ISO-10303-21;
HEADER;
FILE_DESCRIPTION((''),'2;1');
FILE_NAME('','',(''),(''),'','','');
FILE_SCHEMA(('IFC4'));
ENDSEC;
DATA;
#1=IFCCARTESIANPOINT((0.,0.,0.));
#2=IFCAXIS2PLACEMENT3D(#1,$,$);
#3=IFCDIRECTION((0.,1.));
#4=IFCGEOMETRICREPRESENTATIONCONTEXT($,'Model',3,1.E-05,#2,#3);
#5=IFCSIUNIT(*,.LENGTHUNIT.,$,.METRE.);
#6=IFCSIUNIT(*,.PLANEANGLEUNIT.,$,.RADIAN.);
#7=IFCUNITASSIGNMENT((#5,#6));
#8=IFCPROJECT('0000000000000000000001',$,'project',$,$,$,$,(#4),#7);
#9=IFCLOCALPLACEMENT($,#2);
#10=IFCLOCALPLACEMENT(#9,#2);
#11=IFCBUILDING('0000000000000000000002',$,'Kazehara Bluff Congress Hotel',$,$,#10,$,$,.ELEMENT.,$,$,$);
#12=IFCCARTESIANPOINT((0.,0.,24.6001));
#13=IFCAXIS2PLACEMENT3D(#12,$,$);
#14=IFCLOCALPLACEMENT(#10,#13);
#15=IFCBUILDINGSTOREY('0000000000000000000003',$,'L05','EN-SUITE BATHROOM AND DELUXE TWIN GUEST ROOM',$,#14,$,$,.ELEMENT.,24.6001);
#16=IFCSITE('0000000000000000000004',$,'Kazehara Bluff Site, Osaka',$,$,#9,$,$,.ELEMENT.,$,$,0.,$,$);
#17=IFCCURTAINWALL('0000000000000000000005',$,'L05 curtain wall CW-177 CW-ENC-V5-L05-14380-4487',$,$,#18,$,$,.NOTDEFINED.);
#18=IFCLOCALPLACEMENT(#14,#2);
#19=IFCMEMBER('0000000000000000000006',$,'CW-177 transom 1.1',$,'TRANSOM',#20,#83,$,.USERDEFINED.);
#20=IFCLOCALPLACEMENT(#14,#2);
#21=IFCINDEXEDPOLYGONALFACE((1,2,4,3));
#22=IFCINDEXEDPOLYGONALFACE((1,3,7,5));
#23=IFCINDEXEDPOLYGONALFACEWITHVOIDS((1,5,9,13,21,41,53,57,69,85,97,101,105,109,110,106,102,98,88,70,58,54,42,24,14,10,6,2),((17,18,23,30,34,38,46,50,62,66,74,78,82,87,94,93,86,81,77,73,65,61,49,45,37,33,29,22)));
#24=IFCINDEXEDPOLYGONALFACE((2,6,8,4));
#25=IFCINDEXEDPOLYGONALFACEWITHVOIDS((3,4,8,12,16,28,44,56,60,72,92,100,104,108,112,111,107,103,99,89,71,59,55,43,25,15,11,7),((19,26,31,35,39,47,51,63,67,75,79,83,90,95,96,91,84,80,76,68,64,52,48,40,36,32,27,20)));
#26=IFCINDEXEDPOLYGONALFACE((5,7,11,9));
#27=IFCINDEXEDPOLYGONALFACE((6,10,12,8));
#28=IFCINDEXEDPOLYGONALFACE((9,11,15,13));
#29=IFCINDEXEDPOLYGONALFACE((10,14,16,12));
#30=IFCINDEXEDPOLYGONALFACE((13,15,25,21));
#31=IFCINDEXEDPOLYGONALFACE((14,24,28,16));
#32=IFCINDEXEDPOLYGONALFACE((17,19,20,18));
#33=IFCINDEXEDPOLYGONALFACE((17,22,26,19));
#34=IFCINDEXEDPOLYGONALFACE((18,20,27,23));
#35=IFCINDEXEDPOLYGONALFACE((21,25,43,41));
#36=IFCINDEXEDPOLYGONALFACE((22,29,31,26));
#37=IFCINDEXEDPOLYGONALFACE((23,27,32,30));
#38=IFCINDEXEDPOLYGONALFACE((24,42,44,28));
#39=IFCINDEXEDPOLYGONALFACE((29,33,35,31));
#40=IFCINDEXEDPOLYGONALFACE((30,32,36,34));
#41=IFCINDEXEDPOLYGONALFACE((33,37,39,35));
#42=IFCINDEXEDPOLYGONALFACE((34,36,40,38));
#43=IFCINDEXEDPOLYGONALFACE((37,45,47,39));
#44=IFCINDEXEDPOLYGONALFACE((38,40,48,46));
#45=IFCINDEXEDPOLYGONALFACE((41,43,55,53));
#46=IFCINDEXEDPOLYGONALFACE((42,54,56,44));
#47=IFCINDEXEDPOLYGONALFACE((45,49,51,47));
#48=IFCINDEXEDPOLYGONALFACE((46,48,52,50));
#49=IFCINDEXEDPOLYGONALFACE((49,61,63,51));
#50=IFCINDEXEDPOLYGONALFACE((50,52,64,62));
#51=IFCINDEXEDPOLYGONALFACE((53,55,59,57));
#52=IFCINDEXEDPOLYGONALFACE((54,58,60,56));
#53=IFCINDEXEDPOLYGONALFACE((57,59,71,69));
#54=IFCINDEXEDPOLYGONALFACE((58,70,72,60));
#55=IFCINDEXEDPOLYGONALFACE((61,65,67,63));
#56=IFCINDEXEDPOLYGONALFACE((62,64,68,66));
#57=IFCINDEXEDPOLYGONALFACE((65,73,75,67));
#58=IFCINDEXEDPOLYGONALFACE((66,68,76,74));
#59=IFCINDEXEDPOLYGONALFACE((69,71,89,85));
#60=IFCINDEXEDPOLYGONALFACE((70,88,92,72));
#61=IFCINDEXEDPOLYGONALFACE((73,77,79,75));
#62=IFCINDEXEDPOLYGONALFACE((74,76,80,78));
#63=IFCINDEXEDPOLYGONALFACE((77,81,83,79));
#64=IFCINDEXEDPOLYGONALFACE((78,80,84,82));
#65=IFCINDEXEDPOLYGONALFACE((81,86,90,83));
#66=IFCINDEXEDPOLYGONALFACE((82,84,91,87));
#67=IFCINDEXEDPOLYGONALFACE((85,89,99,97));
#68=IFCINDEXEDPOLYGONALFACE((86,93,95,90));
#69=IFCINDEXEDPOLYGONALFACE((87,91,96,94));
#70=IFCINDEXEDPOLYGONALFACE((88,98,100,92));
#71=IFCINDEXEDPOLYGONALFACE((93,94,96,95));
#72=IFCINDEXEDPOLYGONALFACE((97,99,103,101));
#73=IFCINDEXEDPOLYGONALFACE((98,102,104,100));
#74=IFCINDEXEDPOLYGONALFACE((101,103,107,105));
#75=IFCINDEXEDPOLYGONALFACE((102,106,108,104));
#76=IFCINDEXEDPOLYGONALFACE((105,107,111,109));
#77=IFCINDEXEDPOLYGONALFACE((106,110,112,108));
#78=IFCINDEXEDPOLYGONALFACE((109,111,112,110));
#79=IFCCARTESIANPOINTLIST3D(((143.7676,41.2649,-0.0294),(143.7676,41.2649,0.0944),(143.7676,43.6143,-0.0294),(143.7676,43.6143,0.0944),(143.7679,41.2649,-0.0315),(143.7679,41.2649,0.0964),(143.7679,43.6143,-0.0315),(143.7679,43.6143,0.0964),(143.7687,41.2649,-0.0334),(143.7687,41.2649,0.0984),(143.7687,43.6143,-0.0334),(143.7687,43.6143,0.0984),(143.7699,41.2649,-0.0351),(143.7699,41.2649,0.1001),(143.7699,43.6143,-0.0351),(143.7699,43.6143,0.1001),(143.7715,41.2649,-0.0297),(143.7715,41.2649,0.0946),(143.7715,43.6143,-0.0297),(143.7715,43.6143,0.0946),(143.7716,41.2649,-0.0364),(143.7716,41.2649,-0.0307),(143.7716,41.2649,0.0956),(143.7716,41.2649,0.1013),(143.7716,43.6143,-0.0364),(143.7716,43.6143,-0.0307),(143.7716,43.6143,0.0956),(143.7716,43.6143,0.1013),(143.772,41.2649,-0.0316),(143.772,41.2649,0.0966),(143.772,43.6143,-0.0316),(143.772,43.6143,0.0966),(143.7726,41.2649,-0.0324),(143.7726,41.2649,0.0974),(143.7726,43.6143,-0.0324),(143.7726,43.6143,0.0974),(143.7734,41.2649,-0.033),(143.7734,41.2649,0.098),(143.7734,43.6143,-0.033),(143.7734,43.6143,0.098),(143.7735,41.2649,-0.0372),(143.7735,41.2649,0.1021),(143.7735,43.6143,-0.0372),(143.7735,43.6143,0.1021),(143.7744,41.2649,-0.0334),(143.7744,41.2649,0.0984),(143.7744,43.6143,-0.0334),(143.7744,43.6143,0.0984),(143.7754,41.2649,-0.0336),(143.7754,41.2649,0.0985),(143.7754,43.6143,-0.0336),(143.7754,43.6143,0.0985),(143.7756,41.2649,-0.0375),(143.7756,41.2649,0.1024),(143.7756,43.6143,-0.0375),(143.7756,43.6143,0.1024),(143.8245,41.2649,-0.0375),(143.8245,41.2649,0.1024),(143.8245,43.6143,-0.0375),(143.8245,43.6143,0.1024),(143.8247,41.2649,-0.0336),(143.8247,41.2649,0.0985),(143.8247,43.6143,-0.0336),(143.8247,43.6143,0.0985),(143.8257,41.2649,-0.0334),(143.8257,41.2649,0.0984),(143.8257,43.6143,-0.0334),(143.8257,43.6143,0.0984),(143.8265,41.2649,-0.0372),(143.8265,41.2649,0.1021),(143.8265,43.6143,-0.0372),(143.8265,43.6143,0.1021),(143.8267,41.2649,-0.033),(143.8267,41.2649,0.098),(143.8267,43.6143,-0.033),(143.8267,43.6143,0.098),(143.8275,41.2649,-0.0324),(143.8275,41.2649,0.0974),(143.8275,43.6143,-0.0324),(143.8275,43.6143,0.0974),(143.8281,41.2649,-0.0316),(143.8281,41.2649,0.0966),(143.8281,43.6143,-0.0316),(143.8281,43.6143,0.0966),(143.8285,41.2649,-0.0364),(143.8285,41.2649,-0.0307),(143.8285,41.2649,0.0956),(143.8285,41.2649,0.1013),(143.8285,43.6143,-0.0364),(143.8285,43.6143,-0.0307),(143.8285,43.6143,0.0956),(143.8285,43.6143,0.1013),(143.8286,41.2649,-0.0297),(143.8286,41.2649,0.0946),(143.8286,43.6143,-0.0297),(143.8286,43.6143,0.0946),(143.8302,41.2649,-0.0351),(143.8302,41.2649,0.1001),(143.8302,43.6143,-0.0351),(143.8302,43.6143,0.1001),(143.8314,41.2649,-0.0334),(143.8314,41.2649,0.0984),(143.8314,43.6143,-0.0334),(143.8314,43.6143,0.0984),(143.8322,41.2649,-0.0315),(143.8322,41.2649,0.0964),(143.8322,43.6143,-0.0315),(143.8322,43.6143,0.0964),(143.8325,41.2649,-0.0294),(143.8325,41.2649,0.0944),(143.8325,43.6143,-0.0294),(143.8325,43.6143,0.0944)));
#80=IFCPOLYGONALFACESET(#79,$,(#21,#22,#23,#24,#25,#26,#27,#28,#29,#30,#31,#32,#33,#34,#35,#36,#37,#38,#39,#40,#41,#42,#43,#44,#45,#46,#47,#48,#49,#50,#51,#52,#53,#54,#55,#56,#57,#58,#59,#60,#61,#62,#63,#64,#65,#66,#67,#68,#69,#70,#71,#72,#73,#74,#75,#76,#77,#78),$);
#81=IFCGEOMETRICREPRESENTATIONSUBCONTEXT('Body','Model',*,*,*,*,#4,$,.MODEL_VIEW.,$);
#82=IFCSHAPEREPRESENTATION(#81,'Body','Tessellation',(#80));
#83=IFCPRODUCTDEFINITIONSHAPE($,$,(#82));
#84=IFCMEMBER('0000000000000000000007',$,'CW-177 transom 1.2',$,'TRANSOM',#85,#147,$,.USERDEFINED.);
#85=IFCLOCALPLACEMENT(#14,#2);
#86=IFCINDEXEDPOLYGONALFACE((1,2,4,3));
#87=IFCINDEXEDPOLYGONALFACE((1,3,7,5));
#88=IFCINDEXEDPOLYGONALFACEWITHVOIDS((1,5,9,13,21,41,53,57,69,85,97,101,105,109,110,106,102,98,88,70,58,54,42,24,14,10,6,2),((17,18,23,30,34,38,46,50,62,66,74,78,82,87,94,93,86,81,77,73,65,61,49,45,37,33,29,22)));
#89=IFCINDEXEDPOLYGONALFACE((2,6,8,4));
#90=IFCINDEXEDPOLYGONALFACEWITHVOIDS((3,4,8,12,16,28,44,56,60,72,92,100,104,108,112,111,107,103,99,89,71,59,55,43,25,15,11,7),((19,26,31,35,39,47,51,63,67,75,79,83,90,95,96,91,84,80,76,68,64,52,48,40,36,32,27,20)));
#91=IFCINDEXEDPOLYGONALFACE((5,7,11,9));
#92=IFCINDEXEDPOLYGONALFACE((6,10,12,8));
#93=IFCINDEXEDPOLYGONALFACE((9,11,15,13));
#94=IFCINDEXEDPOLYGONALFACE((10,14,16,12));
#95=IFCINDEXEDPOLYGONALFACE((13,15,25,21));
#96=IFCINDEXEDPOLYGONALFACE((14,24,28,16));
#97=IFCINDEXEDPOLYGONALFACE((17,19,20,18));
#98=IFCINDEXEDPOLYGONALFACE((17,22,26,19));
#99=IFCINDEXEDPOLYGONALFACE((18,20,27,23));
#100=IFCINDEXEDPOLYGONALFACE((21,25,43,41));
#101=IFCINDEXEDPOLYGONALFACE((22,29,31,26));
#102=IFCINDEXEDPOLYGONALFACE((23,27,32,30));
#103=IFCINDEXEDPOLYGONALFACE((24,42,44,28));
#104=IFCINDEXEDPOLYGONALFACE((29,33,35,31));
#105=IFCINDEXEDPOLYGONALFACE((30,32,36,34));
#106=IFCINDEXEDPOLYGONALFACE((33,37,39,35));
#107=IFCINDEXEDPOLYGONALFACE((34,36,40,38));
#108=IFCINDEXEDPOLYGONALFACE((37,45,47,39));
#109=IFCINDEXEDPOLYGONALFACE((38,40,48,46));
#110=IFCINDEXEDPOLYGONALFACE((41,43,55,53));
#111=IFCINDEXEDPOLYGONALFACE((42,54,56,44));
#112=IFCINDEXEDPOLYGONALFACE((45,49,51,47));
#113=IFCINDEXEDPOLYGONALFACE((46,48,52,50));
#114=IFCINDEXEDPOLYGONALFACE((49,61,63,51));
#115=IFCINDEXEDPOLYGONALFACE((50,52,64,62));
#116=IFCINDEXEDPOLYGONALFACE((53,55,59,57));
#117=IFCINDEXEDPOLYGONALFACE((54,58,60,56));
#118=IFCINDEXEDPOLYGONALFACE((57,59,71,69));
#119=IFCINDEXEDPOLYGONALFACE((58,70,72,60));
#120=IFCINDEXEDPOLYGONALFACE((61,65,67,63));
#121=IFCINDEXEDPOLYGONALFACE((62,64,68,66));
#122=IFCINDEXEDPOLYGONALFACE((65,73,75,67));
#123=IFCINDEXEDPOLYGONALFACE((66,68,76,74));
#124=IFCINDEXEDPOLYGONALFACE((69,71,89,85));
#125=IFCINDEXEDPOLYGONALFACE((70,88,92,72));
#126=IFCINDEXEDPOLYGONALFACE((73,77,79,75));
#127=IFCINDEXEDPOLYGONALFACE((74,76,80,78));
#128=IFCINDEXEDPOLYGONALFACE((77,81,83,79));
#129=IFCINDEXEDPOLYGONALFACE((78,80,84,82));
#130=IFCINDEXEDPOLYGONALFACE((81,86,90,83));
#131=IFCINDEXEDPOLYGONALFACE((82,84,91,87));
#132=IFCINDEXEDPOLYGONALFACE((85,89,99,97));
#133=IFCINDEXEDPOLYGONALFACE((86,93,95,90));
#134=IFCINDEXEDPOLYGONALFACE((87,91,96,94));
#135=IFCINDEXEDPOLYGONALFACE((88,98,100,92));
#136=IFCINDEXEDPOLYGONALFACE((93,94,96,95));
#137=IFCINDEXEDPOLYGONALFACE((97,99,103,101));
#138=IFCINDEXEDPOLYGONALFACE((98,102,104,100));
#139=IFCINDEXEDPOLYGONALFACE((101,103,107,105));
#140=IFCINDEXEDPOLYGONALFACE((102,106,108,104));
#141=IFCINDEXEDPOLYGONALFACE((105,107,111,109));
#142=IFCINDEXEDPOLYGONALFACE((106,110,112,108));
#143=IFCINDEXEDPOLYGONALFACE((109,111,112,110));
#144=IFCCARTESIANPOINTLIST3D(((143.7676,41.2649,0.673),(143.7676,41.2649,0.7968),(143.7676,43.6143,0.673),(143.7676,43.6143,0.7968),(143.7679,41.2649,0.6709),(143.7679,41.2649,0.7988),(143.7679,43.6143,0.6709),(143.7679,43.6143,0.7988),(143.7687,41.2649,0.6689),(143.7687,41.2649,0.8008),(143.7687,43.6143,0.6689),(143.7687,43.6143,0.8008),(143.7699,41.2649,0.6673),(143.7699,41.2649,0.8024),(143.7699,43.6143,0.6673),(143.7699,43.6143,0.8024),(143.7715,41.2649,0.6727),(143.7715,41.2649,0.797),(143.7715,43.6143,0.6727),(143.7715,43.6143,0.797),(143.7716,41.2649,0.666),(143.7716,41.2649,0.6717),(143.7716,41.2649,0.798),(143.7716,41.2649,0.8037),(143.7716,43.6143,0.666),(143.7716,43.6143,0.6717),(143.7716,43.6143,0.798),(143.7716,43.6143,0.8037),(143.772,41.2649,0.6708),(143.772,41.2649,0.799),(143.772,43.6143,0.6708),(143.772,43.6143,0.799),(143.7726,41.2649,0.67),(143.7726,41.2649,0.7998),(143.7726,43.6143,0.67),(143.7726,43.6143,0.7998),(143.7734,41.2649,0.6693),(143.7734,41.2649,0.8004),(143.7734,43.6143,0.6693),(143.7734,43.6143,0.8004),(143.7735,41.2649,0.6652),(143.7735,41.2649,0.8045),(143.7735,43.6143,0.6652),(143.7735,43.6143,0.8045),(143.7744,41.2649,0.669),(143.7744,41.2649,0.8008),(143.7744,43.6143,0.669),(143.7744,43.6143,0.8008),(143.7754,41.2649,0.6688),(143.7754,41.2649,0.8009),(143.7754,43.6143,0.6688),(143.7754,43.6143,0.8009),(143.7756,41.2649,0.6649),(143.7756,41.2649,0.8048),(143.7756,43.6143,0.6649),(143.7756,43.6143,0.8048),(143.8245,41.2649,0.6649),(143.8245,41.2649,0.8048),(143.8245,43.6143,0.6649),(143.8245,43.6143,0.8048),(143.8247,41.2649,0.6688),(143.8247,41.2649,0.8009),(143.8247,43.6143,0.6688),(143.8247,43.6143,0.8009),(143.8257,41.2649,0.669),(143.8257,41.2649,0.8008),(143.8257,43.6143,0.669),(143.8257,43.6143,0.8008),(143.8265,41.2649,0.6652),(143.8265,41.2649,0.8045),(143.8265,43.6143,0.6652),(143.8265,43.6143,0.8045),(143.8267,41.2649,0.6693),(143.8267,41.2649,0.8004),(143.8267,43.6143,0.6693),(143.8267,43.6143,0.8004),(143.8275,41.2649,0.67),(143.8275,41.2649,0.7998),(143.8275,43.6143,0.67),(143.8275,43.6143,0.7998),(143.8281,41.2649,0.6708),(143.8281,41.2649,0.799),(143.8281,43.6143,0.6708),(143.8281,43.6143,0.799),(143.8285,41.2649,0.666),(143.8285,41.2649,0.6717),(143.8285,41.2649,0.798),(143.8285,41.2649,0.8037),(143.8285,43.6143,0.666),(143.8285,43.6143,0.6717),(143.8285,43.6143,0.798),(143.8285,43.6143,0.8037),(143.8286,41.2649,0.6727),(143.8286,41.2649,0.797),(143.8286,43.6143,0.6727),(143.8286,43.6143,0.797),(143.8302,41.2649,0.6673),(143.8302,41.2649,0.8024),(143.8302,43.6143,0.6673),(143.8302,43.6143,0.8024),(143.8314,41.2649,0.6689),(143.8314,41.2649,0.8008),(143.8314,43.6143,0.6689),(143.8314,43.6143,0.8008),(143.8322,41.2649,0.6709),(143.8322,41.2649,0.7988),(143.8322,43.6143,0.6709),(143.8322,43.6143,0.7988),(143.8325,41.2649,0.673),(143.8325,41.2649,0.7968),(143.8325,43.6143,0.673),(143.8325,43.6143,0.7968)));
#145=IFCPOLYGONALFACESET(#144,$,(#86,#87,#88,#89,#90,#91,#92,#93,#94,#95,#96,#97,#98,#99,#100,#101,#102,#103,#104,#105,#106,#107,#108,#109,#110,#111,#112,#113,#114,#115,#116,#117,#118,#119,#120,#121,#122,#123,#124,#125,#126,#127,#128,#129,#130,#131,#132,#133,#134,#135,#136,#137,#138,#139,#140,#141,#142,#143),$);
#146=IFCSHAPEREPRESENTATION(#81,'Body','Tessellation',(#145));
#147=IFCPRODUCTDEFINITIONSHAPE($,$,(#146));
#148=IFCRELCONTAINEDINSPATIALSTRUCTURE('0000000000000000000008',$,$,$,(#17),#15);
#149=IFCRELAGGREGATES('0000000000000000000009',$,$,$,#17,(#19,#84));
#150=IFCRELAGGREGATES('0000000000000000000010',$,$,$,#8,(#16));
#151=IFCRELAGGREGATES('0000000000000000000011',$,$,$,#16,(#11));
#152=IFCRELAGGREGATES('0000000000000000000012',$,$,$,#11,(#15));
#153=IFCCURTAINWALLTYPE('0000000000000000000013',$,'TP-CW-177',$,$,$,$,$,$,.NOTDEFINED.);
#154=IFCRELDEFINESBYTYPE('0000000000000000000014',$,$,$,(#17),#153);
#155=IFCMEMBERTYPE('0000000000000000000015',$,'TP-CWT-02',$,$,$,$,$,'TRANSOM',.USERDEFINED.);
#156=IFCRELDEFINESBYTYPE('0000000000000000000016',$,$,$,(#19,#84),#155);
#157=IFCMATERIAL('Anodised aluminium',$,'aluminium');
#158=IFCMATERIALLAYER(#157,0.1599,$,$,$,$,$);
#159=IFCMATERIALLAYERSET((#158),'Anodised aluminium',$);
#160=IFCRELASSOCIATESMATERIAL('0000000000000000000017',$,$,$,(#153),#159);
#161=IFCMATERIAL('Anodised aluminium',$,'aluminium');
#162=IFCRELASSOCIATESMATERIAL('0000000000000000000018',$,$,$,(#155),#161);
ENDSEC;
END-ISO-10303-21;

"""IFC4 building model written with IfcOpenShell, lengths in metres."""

from ifc_helpers import new_model, si_unit, direction, frame, origin, origin_2d, place, context, subcontext, project, spatial, hollow_rectangle, extrude, material, layer, layer_set, material_profile, profile_set, type_object, element, aggregate, save


model = new_model("IFC4")

# Units and contexts
model_context = context("Model", 3, precision=1e-05, world=origin(), true_north=direction((0.0, 1.0)))
body_context = subcontext(model_context, "Body", "Model", "MODEL_VIEW")
ifc_project = project(units=[si_unit("LENGTHUNIT", "METRE"), si_unit("PLANEANGLEUNIT", "RADIAN")], contexts=[model_context])

# Site, building, storey
site_placement = place(None, origin())
site = spatial("IfcSite", under=ifc_project, at=site_placement, Name="Kazehara Bluff Site, Osaka", CompositionType="ELEMENT", RefElevation=0.0)
building_placement = place(site_placement, origin())
building = spatial("IfcBuilding", under=site, at=building_placement, Name="Kazehara Bluff Congress Hotel", CompositionType="ELEMENT")
storey_placement = place(building_placement, frame((0.0, 0.0, 24.6001)))
storey = spatial("IfcBuildingStorey", under=building, at=storey_placement, Name="L05", Description="EN-SUITE BATHROOM AND DELUXE TWIN GUEST ROOM", CompositionType="ELEMENT", Elevation=24.6001)

# Curtain wall, members
ifc_material_1 = material(Name="Anodised aluminium", Category="aluminium")
ifc_layer_1 = layer(ifc_material_1, 0.1599)
ifc_layer_set_1 = layer_set([ifc_layer_1], Name="Anodised aluminium")
curtain_wall_type = type_object("IfcCurtainWallType", Name="TP-CW-177", PredefinedType="NOTDEFINED", material=ifc_layer_set_1)
curtain_wall_placement = place(storey_placement, origin())
curtain_wall = element("IfcCurtainWall", 1, at=curtain_wall_placement, inside=storey, type_object=curtain_wall_type, Name="L05 curtain wall CW-177 CW-ENC-V5-L05-14380-4487", PredefinedType="NOTDEFINED")
ifc_material_2 = material(Name="Anodised aluminium", Category="aluminium")
ifc_material_profile_1 = material_profile(ifc_material_2, hollow_rectangle(XDim=0.0649, YDim=0.1399, WallThickness=0.0039, InnerFilletRadius=0.0039, OuterFilletRadius=0.0081, at=origin_2d()))
ifc_profile_set_1 = profile_set([ifc_material_profile_1], Name="Anodised aluminium")
member_type_1 = type_object("IfcMemberType", Name="TP-CWT-02", ElementType="TRANSOM", PredefinedType="USERDEFINED", material=ifc_profile_set_1)
member_1_placement = place(storey_placement, frame((143.8, 41.2649, 0.0325), z_axis=(0.0, 1.0, 0.0), x_axis=(-1.0, 0.0, 0.0)))
member_1 = element("IfcMember", 2, at=member_1_placement, type_object=member_type_1, Name="CW-177 transom 1.1", ObjectType="TRANSOM", PredefinedType="USERDEFINED", context=body_context, shape_type="SweptSolid", body=[
    extrude(hollow_rectangle(XDim=0.0649, YDim=0.1399, WallThickness=0.0039, InnerFilletRadius=0.0039, OuterFilletRadius=0.0081, at=origin_2d()), origin(), (0.0, 0.0, 1.0), 2.3494),
])
member_2_placement = place(storey_placement, frame((143.8, 41.2649, 0.7349), z_axis=(0.0, 1.0, 0.0), x_axis=(-1.0, 0.0, 0.0)))
member_2 = element("IfcMember", 3, at=member_2_placement, type_object=member_type_1, Name="CW-177 transom 1.2", ObjectType="TRANSOM", PredefinedType="USERDEFINED", context=body_context, shape_type="SweptSolid", body=[
    extrude(hollow_rectangle(XDim=0.0649, YDim=0.1399, WallThickness=0.0039, InnerFilletRadius=0.0039, OuterFilletRadius=0.0081, at=origin_2d()), origin(), (0.0, 0.0, 1.0), 2.3494),
])
aggregate(curtain_wall, [member_1, member_2])

save(model, "model.ifc")
